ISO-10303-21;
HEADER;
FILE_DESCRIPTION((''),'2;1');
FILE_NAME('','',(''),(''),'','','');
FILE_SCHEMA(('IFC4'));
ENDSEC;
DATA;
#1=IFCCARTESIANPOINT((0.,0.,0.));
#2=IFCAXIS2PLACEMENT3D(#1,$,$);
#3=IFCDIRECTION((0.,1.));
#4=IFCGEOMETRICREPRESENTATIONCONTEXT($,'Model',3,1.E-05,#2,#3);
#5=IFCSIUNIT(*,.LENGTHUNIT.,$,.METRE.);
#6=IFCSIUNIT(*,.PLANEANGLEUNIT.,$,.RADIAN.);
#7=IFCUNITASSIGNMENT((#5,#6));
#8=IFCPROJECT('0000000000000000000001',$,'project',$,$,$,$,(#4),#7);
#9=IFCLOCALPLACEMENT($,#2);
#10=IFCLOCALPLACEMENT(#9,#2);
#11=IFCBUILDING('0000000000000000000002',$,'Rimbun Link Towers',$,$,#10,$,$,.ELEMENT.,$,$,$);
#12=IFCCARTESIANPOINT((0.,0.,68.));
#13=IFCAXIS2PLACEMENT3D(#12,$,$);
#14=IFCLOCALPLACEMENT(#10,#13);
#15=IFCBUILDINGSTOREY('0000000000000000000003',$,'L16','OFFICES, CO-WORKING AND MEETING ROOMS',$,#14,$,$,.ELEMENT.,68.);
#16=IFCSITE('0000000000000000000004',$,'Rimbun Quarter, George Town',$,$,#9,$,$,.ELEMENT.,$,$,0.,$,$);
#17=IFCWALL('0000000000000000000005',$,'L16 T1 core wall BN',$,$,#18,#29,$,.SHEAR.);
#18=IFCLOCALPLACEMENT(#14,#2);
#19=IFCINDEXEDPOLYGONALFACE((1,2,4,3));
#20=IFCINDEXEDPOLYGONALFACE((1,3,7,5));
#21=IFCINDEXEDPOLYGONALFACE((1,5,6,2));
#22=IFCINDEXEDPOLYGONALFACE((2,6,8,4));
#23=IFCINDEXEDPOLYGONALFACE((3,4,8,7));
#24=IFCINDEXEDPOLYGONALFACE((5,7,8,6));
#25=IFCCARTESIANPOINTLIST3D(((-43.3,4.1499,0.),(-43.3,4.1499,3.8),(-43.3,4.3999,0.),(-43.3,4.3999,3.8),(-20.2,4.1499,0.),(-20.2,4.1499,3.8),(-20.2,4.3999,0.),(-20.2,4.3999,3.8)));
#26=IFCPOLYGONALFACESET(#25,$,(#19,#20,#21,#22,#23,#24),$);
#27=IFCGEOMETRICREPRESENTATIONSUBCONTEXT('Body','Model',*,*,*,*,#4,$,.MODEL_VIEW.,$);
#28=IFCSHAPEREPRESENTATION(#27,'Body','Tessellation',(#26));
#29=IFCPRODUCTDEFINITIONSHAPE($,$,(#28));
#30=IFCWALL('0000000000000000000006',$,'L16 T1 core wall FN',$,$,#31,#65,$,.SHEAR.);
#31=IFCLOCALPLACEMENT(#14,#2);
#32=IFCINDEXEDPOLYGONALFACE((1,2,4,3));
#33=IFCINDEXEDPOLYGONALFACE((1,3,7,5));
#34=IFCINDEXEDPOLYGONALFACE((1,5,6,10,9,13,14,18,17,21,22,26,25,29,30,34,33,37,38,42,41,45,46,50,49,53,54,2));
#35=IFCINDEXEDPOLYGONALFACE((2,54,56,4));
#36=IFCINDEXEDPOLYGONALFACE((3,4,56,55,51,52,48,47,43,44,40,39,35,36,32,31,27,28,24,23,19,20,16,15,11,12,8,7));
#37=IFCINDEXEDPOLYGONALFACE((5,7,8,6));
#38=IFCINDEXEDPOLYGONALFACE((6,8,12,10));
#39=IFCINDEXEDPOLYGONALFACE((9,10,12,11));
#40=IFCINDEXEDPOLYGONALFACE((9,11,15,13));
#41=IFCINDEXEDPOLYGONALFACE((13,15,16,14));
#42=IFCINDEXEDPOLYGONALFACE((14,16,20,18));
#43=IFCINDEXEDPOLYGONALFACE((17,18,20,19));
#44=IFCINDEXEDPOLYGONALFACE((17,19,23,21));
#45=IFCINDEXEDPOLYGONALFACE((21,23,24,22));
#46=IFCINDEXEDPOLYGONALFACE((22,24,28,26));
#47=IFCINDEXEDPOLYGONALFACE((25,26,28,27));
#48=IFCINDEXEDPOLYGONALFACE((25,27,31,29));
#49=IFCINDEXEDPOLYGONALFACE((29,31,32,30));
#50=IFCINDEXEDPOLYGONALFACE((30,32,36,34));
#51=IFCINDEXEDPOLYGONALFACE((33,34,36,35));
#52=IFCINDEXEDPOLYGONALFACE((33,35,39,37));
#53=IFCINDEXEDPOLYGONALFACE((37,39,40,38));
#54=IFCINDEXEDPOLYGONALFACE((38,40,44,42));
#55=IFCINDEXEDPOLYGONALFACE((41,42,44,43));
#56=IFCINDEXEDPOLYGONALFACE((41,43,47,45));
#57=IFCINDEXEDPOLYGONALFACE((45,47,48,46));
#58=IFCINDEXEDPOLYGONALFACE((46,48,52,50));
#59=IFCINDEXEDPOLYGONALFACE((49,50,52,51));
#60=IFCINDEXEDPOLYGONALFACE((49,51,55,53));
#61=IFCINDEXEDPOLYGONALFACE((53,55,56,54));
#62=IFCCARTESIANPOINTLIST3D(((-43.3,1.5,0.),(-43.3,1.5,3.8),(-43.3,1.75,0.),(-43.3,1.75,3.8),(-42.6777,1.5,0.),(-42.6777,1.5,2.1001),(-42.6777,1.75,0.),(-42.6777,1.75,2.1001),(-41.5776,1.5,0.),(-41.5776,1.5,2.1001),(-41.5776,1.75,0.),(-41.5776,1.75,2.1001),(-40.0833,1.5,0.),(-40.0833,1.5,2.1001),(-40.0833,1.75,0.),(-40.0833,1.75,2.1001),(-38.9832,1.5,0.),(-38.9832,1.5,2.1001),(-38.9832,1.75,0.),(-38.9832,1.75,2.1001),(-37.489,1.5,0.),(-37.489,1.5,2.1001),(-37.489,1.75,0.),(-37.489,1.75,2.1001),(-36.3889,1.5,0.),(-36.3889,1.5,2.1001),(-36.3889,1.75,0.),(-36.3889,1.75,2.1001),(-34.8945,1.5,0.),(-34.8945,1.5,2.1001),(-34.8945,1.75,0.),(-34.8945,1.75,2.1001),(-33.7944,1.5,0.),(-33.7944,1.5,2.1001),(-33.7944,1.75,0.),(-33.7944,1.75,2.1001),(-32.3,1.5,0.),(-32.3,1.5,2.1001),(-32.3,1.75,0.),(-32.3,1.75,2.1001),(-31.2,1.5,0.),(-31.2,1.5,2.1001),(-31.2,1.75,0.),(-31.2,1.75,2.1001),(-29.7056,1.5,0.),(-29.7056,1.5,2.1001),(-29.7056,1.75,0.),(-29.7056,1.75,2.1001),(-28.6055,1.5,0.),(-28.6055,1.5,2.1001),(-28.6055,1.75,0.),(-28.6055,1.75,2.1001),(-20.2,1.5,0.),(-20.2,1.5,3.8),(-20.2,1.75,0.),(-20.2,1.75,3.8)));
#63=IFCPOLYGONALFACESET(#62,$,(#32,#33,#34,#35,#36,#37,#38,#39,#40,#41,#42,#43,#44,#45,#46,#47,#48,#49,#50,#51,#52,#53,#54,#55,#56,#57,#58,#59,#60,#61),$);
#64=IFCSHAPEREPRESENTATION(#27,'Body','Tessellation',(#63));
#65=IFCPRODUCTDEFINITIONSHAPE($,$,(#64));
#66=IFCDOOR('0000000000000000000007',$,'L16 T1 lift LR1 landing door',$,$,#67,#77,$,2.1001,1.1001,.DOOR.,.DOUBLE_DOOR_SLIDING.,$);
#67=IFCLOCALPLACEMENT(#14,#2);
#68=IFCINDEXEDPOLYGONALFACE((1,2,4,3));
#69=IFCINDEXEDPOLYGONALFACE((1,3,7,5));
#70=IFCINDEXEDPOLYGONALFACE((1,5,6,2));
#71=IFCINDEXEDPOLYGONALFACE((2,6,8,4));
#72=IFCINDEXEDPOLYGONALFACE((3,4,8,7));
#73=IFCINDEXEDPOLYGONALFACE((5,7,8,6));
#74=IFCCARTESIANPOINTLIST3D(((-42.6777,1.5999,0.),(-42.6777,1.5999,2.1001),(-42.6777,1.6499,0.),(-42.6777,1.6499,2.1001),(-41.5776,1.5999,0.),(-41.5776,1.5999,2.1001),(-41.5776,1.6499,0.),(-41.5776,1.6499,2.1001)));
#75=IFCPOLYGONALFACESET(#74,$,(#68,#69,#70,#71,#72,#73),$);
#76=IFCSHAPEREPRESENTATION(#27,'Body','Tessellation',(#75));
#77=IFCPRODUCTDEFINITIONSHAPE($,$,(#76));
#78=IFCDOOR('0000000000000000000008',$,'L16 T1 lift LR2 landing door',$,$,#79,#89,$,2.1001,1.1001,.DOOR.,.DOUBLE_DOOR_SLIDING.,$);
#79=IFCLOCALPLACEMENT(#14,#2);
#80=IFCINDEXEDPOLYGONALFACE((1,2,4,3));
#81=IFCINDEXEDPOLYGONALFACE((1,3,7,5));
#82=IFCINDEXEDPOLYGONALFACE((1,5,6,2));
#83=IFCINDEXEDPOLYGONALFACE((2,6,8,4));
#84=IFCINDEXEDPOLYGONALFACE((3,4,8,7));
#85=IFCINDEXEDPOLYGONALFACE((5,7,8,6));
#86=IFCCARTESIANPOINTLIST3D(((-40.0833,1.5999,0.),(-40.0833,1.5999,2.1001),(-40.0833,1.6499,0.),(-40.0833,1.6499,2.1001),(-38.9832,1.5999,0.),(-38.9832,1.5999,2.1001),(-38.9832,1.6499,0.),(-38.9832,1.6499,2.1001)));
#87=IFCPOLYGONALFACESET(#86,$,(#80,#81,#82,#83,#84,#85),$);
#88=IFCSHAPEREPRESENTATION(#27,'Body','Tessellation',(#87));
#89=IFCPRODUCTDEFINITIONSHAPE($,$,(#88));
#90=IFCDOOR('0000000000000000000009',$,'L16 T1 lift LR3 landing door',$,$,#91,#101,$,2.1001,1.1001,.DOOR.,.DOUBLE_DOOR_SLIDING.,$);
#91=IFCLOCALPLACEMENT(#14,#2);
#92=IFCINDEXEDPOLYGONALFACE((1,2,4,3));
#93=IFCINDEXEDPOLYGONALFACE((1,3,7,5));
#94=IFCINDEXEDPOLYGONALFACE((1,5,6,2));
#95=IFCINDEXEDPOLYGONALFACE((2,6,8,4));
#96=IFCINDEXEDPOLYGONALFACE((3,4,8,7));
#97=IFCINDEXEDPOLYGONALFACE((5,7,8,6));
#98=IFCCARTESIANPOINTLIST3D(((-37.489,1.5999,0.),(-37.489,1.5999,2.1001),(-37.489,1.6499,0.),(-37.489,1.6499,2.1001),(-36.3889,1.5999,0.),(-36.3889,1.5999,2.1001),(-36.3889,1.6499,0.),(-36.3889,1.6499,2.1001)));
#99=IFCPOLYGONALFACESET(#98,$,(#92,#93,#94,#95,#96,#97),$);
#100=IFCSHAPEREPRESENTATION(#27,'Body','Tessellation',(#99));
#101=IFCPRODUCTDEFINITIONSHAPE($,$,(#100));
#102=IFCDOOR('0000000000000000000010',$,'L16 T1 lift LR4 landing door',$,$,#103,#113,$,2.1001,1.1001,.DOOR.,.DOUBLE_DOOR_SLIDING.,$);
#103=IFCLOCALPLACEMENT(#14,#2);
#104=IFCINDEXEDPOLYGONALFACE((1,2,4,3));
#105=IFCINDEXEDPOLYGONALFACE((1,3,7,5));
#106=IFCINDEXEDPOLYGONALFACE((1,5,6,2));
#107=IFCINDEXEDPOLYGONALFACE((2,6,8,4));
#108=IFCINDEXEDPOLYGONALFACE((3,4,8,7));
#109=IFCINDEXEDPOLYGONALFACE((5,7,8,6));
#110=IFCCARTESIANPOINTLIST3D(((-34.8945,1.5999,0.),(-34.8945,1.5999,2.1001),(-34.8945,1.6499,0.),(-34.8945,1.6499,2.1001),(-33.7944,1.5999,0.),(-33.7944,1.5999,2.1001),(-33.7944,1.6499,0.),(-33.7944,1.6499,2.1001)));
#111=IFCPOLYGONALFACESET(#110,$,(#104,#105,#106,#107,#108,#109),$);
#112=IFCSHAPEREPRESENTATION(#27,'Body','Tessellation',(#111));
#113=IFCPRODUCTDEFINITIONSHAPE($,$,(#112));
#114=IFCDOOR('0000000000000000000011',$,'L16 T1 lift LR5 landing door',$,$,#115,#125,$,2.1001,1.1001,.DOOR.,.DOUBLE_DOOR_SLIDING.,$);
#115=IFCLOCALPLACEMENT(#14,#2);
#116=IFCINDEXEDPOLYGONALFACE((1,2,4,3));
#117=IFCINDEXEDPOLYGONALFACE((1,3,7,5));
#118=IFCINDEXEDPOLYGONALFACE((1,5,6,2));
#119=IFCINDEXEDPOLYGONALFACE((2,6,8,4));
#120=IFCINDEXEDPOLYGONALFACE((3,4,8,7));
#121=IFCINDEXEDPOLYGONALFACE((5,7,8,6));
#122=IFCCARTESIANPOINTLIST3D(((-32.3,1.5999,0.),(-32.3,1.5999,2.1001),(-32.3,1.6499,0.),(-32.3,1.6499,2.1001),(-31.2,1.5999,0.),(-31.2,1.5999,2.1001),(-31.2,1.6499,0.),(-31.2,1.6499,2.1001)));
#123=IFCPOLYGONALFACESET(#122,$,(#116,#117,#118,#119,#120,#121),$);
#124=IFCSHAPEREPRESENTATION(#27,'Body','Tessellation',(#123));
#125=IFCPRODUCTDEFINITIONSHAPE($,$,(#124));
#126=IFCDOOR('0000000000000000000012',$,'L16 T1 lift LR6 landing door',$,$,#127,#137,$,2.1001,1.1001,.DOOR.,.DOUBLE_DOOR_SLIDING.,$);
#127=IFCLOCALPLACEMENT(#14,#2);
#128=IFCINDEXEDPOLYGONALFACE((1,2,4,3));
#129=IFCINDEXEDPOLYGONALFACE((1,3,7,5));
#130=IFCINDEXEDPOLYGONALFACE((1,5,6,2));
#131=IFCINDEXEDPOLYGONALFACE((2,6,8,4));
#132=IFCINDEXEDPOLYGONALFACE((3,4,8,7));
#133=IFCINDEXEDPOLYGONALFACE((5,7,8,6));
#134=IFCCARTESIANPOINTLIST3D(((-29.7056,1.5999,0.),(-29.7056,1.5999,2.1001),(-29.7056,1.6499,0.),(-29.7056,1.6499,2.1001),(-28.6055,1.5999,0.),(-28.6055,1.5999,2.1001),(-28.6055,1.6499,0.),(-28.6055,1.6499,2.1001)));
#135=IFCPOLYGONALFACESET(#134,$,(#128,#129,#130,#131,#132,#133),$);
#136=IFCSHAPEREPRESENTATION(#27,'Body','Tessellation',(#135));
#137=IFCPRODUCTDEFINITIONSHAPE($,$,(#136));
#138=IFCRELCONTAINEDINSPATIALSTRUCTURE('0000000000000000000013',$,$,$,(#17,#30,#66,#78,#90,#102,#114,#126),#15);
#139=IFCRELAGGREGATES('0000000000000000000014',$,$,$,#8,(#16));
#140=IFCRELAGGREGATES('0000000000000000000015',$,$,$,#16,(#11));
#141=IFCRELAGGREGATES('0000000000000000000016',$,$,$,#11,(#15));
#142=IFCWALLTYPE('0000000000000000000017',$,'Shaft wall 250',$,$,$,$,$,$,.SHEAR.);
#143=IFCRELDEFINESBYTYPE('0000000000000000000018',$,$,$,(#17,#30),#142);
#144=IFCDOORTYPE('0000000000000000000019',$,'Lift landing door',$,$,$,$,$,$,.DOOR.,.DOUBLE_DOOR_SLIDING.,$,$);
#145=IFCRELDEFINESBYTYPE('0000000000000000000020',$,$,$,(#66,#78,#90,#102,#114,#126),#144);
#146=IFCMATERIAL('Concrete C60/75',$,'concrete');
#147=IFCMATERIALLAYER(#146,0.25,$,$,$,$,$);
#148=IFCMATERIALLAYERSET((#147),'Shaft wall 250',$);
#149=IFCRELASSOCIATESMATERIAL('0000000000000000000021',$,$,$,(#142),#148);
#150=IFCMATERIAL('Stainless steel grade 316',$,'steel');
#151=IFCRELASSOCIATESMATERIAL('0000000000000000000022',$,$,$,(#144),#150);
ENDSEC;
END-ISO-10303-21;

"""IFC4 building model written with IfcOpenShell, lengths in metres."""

from ifc_helpers import new_model, si_unit, direction, frame, frame_2d, origin, place, context, subcontext, project, spatial, rectangle, extrude, material, layer, layer_set, type_object, element, fill, save


model = new_model("IFC4")

# Units and contexts
model_context = context("Model", 3, precision=1e-05, world=origin(), true_north=direction((0.0, 1.0)))
body_context = subcontext(model_context, "Body", "Model", "MODEL_VIEW")
ifc_project = project(units=[si_unit("LENGTHUNIT", "METRE"), si_unit("PLANEANGLEUNIT", "RADIAN")], contexts=[model_context])

# Site, building, storey
site_placement = place(None, origin())
site = spatial("IfcSite", under=ifc_project, at=site_placement, Name="Rimbun Quarter, George Town", CompositionType="ELEMENT", RefElevation=0.0)
building_placement = place(site_placement, origin())
building = spatial("IfcBuilding", under=site, at=building_placement, Name="Rimbun Link Towers", CompositionType="ELEMENT")
storey_placement = place(building_placement, frame((0.0, 0.0, 68.0)))
storey = spatial("IfcBuildingStorey", under=building, at=storey_placement, Name="L16", Description="OFFICES, CO-WORKING AND MEETING ROOMS", CompositionType="ELEMENT", Elevation=68.0)

# Wall
ifc_material_1 = material(Name="Concrete C60/75", Category="concrete")
ifc_layer_1 = layer(ifc_material_1, 0.25)
ifc_layer_set_1 = layer_set([ifc_layer_1], Name="Shaft wall 250")
wall_type_1 = type_object("IfcWallType", Name="Shaft wall 250", PredefinedType="SHEAR", material=ifc_layer_set_1)
wall_1_placement = place(storey_placement, frame((-43.3, 4.2749, 0.0), z_axis=(0.0, 0.0, 1.0), x_axis=(1.0, 0.0, 0.0)))
element("IfcWall", 1, at=wall_1_placement, inside=storey, type_object=wall_type_1, Name="L16 T1 core wall BN", PredefinedType="SHEAR", context=body_context, shape_type="SweptSolid", body=[
    extrude(rectangle(XDim=23.1001, YDim=0.25, at=frame_2d((11.55, 0.0))), origin(), (0.0, 0.0, 1.0), 3.8),
])

# Wall, openings, doors
wall_2_placement = place(storey_placement, frame((-43.3, 1.625, 0.0), z_axis=(0.0, 0.0, 1.0), x_axis=(1.0, 0.0, 0.0)))
wall_2 = element("IfcWall", 2, at=wall_2_placement, inside=storey, type_object=wall_type_1, Name="L16 T1 core wall FN", PredefinedType="SHEAR", context=body_context, shape_type="SweptSolid", body=[
    extrude(rectangle(XDim=23.1001, YDim=0.25, at=frame_2d((11.55, 0.0))), origin(), (0.0, 0.0, 1.0), 3.8),
])
opening_1_placement = place(wall_2_placement, frame((0.6223, 0.0, 0.0)))
opening_1 = element("IfcOpeningElement", 3, at=opening_1_placement, cuts=wall_2, PredefinedType="OPENING", context=body_context, shape_type="SweptSolid", body=[
    extrude(rectangle(XDim=1.1001, YDim=2.1001, at=frame_2d((0.55, 1.05))), frame((0.0, 0.135, 0.0), z_axis=(0.0, -1.0, 0.0), x_axis=(1.0, 0.0, 0.0)), (0.0, 0.0, 1.0), 0.27),
])
opening_2_placement = place(wall_2_placement, frame((3.2168, 0.0, 0.0)))
opening_2 = element("IfcOpeningElement", 4, at=opening_2_placement, cuts=wall_2, PredefinedType="OPENING", context=body_context, shape_type="SweptSolid", body=[
    extrude(rectangle(XDim=1.1001, YDim=2.1001, at=frame_2d((0.55, 1.05))), frame((0.0, 0.135, 0.0), z_axis=(0.0, -1.0, 0.0), x_axis=(1.0, 0.0, 0.0)), (0.0, 0.0, 1.0), 0.27),
])
opening_3_placement = place(wall_2_placement, frame((5.811, 0.0, 0.0)))
opening_3 = element("IfcOpeningElement", 5, at=opening_3_placement, cuts=wall_2, PredefinedType="OPENING", context=body_context, shape_type="SweptSolid", body=[
    extrude(rectangle(XDim=1.1001, YDim=2.1001, at=frame_2d((0.55, 1.05))), frame((0.0, 0.135, 0.0), z_axis=(0.0, -1.0, 0.0), x_axis=(1.0, 0.0, 0.0)), (0.0, 0.0, 1.0), 0.27),
])
opening_4_placement = place(wall_2_placement, frame((8.4055, 0.0, 0.0)))
opening_4 = element("IfcOpeningElement", 6, at=opening_4_placement, cuts=wall_2, PredefinedType="OPENING", context=body_context, shape_type="SweptSolid", body=[
    extrude(rectangle(XDim=1.1001, YDim=2.1001, at=frame_2d((0.55, 1.05))), frame((0.0, 0.135, 0.0), z_axis=(0.0, -1.0, 0.0), x_axis=(1.0, 0.0, 0.0)), (0.0, 0.0, 1.0), 0.27),
])
opening_5_placement = place(wall_2_placement, frame((11.0, 0.0, 0.0)))
opening_5 = element("IfcOpeningElement", 7, at=opening_5_placement, cuts=wall_2, PredefinedType="OPENING", context=body_context, shape_type="SweptSolid", body=[
    extrude(rectangle(XDim=1.1001, YDim=2.1001, at=frame_2d((0.55, 1.05))), frame((0.0, 0.135, 0.0), z_axis=(0.0, -1.0, 0.0), x_axis=(1.0, 0.0, 0.0)), (0.0, 0.0, 1.0), 0.27),
])
opening_6_placement = place(wall_2_placement, frame((13.5945, 0.0, 0.0)))
opening_6 = element("IfcOpeningElement", 8, at=opening_6_placement, cuts=wall_2, PredefinedType="OPENING", context=body_context, shape_type="SweptSolid", body=[
    extrude(rectangle(XDim=1.1001, YDim=2.1001, at=frame_2d((0.55, 1.05))), frame((0.0, 0.135, 0.0), z_axis=(0.0, -1.0, 0.0), x_axis=(1.0, 0.0, 0.0)), (0.0, 0.0, 1.0), 0.27),
])
ifc_material_2 = material(Name="Stainless steel grade 316", Category="steel")
door_type_1 = type_object("IfcDoorType", Name="Lift landing door", OperationType="DOUBLE_DOOR_SLIDING", PredefinedType="DOOR", material=ifc_material_2)
door_1_placement = place(opening_1_placement, origin())
door_1 = element("IfcDoor", 9, at=door_1_placement, inside=storey, type_object=door_type_1, Name="L16 T1 lift LR1 landing door", OperationType="DOUBLE_DOOR_SLIDING", OverallHeight=2.1001, OverallWidth=1.1001, PredefinedType="DOOR", context=body_context, shape_type="SweptSolid", body=[
    extrude(rectangle(XDim=1.1001, YDim=2.1001, at=frame_2d((0.55, 1.05))), frame((0.0, 0.0249, 0.0), z_axis=(0.0, -1.0, 0.0), x_axis=(1.0, 0.0, 0.0)), (0.0, 0.0, 1.0), 0.05),
])
fill(opening_1, door_1)
door_2_placement = place(opening_2_placement, origin())
door_2 = element("IfcDoor", 10, at=door_2_placement, inside=storey, type_object=door_type_1, Name="L16 T1 lift LR2 landing door", OperationType="DOUBLE_DOOR_SLIDING", OverallHeight=2.1001, OverallWidth=1.1001, PredefinedType="DOOR", context=body_context, shape_type="SweptSolid", body=[
    extrude(rectangle(XDim=1.1001, YDim=2.1001, at=frame_2d((0.55, 1.05))), frame((0.0, 0.0249, 0.0), z_axis=(0.0, -1.0, 0.0), x_axis=(1.0, 0.0, 0.0)), (0.0, 0.0, 1.0), 0.05),
])
fill(opening_2, door_2)
door_3_placement = place(opening_3_placement, origin())
door_3 = element("IfcDoor", 11, at=door_3_placement, inside=storey, type_object=door_type_1, Name="L16 T1 lift LR3 landing door", OperationType="DOUBLE_DOOR_SLIDING", OverallHeight=2.1001, OverallWidth=1.1001, PredefinedType="DOOR", context=body_context, shape_type="SweptSolid", body=[
    extrude(rectangle(XDim=1.1001, YDim=2.1001, at=frame_2d((0.55, 1.05))), frame((0.0, 0.0249, 0.0), z_axis=(0.0, -1.0, 0.0), x_axis=(1.0, 0.0, 0.0)), (0.0, 0.0, 1.0), 0.05),
])
fill(opening_3, door_3)
door_4_placement = place(opening_4_placement, origin())
door_4 = element("IfcDoor", 12, at=door_4_placement, inside=storey, type_object=door_type_1, Name="L16 T1 lift LR4 landing door", OperationType="DOUBLE_DOOR_SLIDING", OverallHeight=2.1001, OverallWidth=1.1001, PredefinedType="DOOR", context=body_context, shape_type="SweptSolid", body=[
    extrude(rectangle(XDim=1.1001, YDim=2.1001, at=frame_2d((0.55, 1.05))), frame((0.0, 0.0249, 0.0), z_axis=(0.0, -1.0, 0.0), x_axis=(1.0, 0.0, 0.0)), (0.0, 0.0, 1.0), 0.05),
])
fill(opening_4, door_4)
door_5_placement = place(opening_5_placement, origin())
door_5 = element("IfcDoor", 13, at=door_5_placement, inside=storey, type_object=door_type_1, Name="L16 T1 lift LR5 landing door", OperationType="DOUBLE_DOOR_SLIDING", OverallHeight=2.1001, OverallWidth=1.1001, PredefinedType="DOOR", context=body_context, shape_type="SweptSolid", body=[
    extrude(rectangle(XDim=1.1001, YDim=2.1001, at=frame_2d((0.55, 1.05))), frame((0.0, 0.0249, 0.0), z_axis=(0.0, -1.0, 0.0), x_axis=(1.0, 0.0, 0.0)), (0.0, 0.0, 1.0), 0.05),
])
fill(opening_5, door_5)
door_6_placement = place(opening_6_placement, origin())
door_6 = element("IfcDoor", 14, at=door_6_placement, inside=storey, type_object=door_type_1, Name="L16 T1 lift LR6 landing door", OperationType="DOUBLE_DOOR_SLIDING", OverallHeight=2.1001, OverallWidth=1.1001, PredefinedType="DOOR", context=body_context, shape_type="SweptSolid", body=[
    extrude(rectangle(XDim=1.1001, YDim=2.1001, at=frame_2d((0.55, 1.05))), frame((0.0, 0.0249, 0.0), z_axis=(0.0, -1.0, 0.0), x_axis=(1.0, 0.0, 0.0)), (0.0, 0.0, 1.0), 0.05),
])
fill(opening_6, door_6)

save(model, "model.ifc")
